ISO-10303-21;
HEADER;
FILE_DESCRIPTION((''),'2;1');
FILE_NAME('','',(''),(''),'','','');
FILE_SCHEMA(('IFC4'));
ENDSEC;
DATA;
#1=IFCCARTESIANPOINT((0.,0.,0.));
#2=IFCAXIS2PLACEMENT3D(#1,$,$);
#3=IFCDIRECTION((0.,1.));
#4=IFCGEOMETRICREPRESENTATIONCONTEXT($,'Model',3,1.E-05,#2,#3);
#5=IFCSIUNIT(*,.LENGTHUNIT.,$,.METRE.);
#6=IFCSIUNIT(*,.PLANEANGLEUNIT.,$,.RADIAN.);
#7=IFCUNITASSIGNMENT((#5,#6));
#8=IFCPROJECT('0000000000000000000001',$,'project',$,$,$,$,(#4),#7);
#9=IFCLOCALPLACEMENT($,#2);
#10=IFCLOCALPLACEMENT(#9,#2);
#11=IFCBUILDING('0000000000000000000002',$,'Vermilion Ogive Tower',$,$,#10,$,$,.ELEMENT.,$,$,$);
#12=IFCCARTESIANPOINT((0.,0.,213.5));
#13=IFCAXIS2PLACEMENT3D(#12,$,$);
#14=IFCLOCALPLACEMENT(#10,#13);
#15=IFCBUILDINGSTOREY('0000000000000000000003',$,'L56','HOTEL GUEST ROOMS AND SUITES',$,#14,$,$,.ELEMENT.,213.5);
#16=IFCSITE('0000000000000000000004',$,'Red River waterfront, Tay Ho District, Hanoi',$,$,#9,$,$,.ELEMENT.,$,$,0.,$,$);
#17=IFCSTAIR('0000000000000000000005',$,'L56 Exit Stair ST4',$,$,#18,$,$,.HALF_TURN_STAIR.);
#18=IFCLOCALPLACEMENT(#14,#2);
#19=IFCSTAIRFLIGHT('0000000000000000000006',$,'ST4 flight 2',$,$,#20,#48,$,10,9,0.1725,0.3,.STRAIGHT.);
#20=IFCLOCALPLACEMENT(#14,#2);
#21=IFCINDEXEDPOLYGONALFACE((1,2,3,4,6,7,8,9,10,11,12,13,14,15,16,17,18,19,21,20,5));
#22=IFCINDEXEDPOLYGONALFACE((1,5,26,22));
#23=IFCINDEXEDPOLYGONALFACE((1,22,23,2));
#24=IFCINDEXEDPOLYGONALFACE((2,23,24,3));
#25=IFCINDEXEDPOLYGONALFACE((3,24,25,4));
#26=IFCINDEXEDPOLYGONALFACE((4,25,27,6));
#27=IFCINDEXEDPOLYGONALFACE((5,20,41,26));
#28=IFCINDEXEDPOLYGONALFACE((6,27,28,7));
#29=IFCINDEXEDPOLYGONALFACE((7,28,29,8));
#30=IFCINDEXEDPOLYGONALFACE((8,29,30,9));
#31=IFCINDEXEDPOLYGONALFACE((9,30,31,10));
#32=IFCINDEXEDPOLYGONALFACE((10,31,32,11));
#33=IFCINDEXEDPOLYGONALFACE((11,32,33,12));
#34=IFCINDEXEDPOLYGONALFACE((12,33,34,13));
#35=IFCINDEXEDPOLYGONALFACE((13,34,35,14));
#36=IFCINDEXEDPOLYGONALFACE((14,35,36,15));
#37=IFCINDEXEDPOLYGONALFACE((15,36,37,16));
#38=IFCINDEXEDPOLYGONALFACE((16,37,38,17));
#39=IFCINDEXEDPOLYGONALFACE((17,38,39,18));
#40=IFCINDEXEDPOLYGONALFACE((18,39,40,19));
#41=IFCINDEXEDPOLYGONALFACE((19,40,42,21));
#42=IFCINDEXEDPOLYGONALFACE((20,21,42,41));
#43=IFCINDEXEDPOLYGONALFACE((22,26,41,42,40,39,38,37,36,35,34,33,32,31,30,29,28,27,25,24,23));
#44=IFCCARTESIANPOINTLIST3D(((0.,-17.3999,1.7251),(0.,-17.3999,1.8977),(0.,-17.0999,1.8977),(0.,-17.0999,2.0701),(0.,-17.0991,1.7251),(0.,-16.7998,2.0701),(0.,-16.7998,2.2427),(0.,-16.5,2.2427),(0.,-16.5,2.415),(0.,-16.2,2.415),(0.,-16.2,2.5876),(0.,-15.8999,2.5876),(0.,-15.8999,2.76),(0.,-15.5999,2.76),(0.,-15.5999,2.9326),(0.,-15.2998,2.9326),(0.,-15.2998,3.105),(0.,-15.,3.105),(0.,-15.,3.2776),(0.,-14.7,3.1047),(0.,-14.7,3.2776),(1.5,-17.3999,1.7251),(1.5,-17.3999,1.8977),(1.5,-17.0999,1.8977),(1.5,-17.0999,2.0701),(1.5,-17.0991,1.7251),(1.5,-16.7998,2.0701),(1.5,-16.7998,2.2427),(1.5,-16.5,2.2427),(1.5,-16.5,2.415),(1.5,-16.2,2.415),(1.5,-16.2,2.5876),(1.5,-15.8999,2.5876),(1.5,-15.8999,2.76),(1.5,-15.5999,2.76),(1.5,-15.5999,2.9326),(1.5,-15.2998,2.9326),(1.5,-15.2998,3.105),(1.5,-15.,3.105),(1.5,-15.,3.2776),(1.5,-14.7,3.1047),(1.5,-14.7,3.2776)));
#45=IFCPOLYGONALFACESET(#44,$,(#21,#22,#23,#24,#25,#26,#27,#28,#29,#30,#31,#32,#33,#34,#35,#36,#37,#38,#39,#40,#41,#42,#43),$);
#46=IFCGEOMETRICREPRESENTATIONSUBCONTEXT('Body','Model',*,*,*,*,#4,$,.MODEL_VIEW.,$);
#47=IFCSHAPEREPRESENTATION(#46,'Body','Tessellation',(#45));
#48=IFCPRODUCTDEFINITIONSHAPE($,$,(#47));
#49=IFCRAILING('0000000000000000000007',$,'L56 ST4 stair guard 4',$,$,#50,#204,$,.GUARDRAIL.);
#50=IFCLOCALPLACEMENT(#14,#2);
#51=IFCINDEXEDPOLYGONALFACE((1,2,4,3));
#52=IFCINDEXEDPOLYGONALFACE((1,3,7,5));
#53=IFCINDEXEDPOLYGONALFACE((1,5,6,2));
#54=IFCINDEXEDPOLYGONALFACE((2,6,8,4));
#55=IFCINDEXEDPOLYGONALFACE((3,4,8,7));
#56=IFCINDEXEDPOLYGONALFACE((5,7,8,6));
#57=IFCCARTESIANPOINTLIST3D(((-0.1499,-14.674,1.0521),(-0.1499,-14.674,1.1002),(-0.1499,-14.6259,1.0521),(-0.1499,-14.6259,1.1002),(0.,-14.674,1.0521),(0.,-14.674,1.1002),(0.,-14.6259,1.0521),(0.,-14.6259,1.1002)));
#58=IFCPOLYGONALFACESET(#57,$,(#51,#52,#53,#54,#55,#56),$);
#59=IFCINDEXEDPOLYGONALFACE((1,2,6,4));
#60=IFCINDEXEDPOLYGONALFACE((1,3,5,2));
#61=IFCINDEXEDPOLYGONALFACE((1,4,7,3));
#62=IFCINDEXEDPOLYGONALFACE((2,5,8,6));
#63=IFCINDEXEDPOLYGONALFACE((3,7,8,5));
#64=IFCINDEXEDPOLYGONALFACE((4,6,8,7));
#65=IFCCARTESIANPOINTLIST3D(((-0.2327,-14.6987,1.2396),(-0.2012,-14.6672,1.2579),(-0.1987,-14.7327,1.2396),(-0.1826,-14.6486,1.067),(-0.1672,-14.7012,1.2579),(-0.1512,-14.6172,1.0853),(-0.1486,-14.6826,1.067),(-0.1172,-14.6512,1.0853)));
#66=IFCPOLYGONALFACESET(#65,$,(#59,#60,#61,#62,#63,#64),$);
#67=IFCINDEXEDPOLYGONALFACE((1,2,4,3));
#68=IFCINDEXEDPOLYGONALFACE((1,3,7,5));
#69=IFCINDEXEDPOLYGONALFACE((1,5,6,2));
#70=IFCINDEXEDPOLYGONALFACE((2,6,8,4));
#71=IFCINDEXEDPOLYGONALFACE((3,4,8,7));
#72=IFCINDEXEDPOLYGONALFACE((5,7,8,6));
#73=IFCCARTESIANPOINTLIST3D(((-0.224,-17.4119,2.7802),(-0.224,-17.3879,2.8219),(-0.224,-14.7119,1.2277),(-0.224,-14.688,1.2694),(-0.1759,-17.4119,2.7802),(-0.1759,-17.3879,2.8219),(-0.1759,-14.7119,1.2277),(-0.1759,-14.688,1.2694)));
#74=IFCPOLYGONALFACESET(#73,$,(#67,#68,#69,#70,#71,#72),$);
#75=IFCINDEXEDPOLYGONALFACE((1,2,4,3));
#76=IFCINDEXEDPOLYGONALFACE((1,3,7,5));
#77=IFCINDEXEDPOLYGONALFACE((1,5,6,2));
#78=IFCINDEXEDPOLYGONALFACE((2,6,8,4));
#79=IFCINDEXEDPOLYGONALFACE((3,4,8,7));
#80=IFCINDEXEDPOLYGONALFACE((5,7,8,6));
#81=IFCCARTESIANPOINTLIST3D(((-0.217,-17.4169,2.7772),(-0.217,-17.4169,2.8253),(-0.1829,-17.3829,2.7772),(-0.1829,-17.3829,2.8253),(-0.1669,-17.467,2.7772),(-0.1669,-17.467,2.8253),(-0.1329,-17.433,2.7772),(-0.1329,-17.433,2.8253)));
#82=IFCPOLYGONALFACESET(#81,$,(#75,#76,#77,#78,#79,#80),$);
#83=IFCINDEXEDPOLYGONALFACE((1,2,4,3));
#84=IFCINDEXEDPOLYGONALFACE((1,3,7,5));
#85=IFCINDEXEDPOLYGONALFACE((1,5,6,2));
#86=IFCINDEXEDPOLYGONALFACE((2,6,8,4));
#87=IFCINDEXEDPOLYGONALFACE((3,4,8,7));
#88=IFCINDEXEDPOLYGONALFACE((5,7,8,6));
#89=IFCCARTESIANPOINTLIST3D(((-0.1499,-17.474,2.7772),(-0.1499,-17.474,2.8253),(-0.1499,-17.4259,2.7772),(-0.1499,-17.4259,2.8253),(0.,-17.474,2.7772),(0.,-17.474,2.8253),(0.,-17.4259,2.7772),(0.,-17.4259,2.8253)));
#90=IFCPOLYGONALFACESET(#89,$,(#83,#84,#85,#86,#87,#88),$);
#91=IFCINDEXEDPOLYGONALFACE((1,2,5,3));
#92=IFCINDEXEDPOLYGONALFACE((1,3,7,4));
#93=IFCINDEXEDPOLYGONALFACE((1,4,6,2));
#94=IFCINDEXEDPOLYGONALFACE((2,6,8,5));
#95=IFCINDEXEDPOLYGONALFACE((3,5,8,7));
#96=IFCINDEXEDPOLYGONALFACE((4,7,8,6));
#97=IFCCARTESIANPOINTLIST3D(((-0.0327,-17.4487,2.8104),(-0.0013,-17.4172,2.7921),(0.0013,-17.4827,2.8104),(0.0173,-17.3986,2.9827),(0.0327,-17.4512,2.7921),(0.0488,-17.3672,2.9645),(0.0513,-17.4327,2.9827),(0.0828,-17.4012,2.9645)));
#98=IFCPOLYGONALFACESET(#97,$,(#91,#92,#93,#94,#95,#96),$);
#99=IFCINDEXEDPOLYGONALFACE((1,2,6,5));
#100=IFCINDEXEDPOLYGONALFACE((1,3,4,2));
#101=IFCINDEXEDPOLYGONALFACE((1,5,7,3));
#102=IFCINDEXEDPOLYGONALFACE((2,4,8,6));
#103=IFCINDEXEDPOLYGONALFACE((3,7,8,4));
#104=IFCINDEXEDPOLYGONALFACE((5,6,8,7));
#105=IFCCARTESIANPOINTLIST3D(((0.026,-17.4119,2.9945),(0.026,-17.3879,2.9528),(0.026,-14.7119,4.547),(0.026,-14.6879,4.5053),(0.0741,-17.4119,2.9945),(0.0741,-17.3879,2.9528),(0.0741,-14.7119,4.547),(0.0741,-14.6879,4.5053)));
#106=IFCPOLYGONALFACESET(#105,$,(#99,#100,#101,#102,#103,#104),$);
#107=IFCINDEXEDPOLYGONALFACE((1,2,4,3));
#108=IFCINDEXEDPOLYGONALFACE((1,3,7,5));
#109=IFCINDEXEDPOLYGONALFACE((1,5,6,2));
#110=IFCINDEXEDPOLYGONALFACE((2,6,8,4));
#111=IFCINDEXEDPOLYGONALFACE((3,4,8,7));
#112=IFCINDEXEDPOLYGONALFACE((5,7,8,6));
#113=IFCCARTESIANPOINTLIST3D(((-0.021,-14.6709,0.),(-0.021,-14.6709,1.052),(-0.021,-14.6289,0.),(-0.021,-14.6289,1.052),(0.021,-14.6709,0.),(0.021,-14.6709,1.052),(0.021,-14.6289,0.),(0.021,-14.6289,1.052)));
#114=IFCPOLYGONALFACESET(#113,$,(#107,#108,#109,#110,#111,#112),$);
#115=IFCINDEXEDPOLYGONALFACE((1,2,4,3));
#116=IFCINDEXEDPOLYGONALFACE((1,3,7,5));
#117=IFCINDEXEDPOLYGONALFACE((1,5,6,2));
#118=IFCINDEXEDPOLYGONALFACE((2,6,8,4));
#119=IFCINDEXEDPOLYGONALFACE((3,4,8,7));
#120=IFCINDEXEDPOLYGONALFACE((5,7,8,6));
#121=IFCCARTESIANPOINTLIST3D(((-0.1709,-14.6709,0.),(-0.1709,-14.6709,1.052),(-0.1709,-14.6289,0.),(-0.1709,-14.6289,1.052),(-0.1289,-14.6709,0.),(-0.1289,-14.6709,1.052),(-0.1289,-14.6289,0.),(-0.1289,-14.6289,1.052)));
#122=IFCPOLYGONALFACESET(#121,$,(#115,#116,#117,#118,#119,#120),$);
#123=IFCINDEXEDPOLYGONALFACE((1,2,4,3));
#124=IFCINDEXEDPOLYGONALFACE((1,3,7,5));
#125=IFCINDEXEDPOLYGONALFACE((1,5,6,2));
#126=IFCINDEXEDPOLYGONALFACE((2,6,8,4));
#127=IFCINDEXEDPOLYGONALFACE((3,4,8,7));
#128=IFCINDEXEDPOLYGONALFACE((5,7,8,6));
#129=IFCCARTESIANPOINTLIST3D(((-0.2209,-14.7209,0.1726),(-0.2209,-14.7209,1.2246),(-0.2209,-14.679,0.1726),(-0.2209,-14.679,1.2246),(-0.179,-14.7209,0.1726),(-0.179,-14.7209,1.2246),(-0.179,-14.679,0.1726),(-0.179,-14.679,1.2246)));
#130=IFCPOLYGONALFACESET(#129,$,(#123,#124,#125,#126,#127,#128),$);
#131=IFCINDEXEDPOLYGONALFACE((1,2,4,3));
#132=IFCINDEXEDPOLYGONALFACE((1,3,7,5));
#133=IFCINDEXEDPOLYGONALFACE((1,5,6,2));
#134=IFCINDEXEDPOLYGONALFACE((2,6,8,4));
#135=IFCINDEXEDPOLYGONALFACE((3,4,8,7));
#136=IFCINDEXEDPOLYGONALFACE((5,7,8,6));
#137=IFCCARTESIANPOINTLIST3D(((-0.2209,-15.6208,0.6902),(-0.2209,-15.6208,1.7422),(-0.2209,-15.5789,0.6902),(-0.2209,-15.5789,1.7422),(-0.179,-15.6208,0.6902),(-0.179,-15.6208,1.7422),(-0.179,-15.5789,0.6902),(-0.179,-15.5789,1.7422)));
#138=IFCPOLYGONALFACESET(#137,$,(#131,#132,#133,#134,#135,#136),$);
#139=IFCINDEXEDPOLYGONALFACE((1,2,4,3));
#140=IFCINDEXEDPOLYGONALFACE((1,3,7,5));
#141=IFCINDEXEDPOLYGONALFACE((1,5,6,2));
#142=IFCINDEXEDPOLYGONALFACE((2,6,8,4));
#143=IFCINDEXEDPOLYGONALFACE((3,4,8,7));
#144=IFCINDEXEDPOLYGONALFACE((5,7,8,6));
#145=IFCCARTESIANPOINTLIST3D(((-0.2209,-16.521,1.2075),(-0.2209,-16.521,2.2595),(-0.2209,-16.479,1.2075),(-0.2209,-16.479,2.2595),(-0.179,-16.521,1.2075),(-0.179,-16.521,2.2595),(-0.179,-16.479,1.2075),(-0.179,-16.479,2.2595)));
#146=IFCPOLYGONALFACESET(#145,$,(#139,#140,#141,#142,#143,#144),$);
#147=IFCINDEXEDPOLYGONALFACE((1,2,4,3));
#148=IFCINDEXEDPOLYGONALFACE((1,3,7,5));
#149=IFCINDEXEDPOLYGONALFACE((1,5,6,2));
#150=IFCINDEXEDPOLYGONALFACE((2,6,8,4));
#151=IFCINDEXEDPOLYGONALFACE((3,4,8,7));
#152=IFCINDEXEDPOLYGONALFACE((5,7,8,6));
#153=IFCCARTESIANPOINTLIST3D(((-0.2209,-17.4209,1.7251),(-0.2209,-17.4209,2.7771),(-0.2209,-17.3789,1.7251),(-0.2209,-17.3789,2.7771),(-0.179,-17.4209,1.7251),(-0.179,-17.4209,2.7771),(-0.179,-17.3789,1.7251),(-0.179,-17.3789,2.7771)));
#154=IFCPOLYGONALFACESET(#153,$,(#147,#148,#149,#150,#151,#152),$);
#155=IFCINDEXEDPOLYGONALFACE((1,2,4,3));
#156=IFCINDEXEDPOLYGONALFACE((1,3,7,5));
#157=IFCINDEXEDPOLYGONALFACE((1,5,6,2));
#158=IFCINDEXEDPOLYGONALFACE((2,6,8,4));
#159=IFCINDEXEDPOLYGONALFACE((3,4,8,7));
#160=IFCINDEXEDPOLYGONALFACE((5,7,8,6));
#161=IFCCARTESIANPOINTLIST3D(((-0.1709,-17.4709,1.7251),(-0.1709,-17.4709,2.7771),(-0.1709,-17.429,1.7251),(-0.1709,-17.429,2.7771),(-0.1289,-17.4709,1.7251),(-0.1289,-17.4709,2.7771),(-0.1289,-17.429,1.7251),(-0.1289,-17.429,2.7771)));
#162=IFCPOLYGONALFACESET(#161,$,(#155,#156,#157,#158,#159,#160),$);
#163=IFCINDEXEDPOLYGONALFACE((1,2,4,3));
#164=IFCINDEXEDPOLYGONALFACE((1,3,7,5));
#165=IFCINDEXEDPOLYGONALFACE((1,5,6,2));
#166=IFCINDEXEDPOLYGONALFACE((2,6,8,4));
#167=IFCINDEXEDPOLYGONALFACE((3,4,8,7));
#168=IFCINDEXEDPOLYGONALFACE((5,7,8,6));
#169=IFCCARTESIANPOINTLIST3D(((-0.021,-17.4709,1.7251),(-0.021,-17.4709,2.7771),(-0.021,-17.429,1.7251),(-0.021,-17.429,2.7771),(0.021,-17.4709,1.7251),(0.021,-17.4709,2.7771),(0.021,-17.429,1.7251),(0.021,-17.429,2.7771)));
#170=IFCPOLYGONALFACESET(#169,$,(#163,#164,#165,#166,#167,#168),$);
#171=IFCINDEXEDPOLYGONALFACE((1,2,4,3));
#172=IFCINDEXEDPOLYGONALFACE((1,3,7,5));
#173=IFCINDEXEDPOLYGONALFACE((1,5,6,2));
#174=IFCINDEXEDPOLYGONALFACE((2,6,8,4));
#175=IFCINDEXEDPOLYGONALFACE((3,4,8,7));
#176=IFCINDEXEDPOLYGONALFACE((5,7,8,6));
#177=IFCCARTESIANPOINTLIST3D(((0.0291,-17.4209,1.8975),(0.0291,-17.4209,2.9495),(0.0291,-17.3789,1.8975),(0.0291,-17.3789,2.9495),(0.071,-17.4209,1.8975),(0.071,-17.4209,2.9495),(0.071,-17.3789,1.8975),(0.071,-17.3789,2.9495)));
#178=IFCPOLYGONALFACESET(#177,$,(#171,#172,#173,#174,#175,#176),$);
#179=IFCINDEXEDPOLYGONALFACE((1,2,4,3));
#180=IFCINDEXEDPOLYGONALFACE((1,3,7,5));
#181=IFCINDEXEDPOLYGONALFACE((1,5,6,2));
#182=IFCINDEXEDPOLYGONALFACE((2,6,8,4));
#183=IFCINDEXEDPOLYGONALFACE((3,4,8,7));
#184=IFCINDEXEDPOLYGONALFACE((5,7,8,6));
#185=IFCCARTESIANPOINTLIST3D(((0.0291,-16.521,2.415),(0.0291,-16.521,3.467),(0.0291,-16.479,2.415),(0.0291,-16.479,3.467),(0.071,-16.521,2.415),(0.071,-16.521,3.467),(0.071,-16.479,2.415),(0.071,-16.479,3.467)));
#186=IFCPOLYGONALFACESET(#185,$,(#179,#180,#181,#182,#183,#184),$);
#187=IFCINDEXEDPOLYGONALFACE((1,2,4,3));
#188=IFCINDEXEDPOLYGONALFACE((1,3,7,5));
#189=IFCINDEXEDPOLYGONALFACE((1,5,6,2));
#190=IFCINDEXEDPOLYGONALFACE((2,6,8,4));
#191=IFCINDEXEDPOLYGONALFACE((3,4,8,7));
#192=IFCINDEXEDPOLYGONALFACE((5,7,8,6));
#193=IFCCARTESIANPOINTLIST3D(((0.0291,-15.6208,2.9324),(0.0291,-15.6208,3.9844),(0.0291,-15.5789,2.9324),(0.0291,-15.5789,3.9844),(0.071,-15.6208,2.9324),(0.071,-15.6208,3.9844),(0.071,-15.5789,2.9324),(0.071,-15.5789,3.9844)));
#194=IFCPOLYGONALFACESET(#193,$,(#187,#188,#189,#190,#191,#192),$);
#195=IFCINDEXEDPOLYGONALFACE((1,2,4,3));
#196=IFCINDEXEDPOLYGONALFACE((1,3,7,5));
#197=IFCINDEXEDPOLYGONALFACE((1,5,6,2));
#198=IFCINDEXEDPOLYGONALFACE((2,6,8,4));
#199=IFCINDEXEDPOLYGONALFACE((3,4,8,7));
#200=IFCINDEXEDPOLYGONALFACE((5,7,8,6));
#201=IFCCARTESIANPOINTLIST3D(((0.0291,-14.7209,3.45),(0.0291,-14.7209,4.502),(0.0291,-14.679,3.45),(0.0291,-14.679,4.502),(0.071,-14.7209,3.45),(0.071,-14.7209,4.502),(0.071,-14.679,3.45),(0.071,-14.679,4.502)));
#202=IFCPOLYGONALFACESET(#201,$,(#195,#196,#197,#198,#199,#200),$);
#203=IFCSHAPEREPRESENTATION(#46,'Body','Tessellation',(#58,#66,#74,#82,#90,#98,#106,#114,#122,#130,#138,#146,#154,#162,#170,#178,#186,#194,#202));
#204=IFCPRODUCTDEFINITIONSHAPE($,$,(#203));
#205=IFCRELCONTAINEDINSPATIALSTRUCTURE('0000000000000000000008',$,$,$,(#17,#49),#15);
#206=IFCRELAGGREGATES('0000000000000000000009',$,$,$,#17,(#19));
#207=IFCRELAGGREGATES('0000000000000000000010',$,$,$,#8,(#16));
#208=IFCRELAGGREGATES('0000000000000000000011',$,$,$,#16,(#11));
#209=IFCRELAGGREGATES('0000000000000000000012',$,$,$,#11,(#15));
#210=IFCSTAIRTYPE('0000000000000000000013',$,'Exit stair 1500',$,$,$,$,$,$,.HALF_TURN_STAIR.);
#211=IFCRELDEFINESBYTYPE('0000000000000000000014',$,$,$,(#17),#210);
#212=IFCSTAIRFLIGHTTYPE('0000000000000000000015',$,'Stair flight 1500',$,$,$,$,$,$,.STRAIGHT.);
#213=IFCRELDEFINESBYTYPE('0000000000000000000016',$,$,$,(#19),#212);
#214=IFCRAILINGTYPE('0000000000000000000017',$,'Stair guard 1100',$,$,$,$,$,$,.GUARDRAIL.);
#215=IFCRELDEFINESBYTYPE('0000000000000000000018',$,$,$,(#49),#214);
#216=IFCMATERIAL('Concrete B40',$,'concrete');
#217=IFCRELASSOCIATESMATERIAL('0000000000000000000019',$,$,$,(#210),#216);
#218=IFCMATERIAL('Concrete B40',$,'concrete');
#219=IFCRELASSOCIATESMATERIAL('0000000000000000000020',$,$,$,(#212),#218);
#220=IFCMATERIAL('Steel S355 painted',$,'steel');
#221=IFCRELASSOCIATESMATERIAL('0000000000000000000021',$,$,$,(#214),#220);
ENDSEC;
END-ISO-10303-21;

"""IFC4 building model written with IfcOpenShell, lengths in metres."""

from ifc_helpers import new_model, si_unit, direction, frame, origin, origin_2d, place, context, subcontext, project, spatial, polyline, rectangle, outline, extrude, material, type_object, element, aggregate, save


model = new_model("IFC4")

# Units and contexts
model_context = context("Model", 3, precision=1e-05, world=origin(), true_north=direction((0.0, 1.0)))
body_context = subcontext(model_context, "Body", "Model", "MODEL_VIEW")
ifc_project = project(units=[si_unit("LENGTHUNIT", "METRE"), si_unit("PLANEANGLEUNIT", "RADIAN")], contexts=[model_context])

# Site, building, storey
site_placement = place(None, origin())
site = spatial("IfcSite", under=ifc_project, at=site_placement, Name="Red River waterfront, Tay Ho District, Hanoi", CompositionType="ELEMENT", RefElevation=0.0)
building_placement = place(site_placement, origin())
building = spatial("IfcBuilding", under=site, at=building_placement, Name="Vermilion Ogive Tower", CompositionType="ELEMENT")
storey_placement = place(building_placement, frame((0.0, 0.0, 213.5)))
storey = spatial("IfcBuildingStorey", under=building, at=storey_placement, Name="L56", Description="HOTEL GUEST ROOMS AND SUITES", CompositionType="ELEMENT", Elevation=213.5)

# Stair, stair flight
ifc_material_1 = material(Name="Concrete B40", Category="concrete")
stair_type = type_object("IfcStairType", Name="Exit stair 1500", PredefinedType="HALF_TURN_STAIR", material=ifc_material_1)
stair_placement = place(storey_placement, origin())
stair = element("IfcStair", 1, at=stair_placement, inside=storey, type_object=stair_type, Name="L56 Exit Stair ST4", PredefinedType="HALF_TURN_STAIR")
ifc_material_2 = material(Name="Concrete B40", Category="concrete")
stair_flight_type = type_object("IfcStairFlightType", Name="Stair flight 1500", PredefinedType="STRAIGHT", material=ifc_material_2)
stair_flight_placement = place(storey_placement, frame((0.75, -17.3999, 1.7251), z_axis=(0.0, 0.0, 1.0), x_axis=(0.0, 1.0, 0.0)))
stair_flight = element("IfcStairFlight", 2, at=stair_flight_placement, type_object=stair_flight_type, Name="ST4 flight 2", NumberOfRisers=10, NumberOfTreads=9, PredefinedType="STRAIGHT", RiserHeight=0.1725, TreadLength=0.3, context=body_context, shape_type="SweptSolid", body=[
    extrude(outline(polyline([(0.0, 0.0), (0.0, 0.1726), (0.3, 0.1726), (0.3, 0.345), (0.6001, 0.345), (0.6001, 0.5176), (0.8999, 0.5176), (0.8999, 0.6899), (1.2, 0.6899), (1.2, 0.8625), (1.5, 0.8625), (1.5, 1.0349), (1.8, 1.0349), (1.8, 1.2075), (2.1001, 1.2075), (2.1001, 1.3799), (2.3999, 1.3799), (2.3999, 1.5525), (2.7, 1.5525), (2.7, 1.7251), (2.7, 1.3796), (0.3008, 0.0), (0.0, 0.0)])), frame((0.0, 0.75, 0.0), z_axis=(0.0, -1.0, 0.0), x_axis=(1.0, 0.0, 0.0)), (0.0, 0.0, 1.0), 1.5),
])
aggregate(stair, [stair_flight])

# Railing
ifc_material_3 = material(Name="Steel S355 painted", Category="steel")
railing_type_1 = type_object("IfcRailingType", Name="Stair guard 1100", PredefinedType="GUARDRAIL", material=ifc_material_3)
railing_1_placement = place(storey_placement, frame((0.0, -14.6499, 0.0)))
element("IfcRailing", 3, at=railing_1_placement, inside=storey, type_object=railing_type_1, Name="L56 ST4 stair guard 4", PredefinedType="GUARDRAIL", context=body_context, shape_type="SweptSolid", body=[
    extrude(rectangle(XDim=0.0481, YDim=0.0481, at=origin_2d()), frame((0.0, 0.0, 1.0762), z_axis=(-1.0, 0.0, 0.0), x_axis=(0.0, -1.0, 0.0)), (0.0, 0.0, 1.0), 0.1499),
    extrude(rectangle(XDim=0.0481, YDim=0.0481, at=origin_2d()), frame((-0.1499, 0.0, 1.0762), z_axis=(-0.268278, -0.268278, 0.925232), x_axis=(0.707107, -0.707107, 0.0)), (0.0, 0.0, 1.0), 0.1865),
    extrude(rectangle(XDim=0.0481, YDim=0.0481, at=origin_2d()), frame((-0.2, -0.05, 1.2485), z_axis=(0.0, -0.866904, 0.498476), x_axis=(1.0, 0.0, 0.0)), (0.0, 0.0, 1.0), 3.1145),
    extrude(rectangle(XDim=0.0481, YDim=0.0481, at=origin_2d()), frame((-0.2, -2.75, 2.8013), z_axis=(0.707107, -0.707107, 0.0), x_axis=(0.707107, 0.707107, 0.0)), (0.0, 0.0, 1.0), 0.0708),
    extrude(rectangle(XDim=0.0481, YDim=0.0481, at=origin_2d()), frame((-0.1499, -2.8, 2.8013), z_axis=(1.0, 0.0, 0.0), x_axis=(0.0, 1.0, 0.0)), (0.0, 0.0, 1.0), 0.1499),
    extrude(rectangle(XDim=0.0481, YDim=0.0481, at=origin_2d()), frame((0.0, -2.8, 2.8013), z_axis=(0.268603, 0.268603, 0.925043), x_axis=(-0.707107, 0.707107, 0.0)), (0.0, 0.0, 1.0), 0.1863),
    extrude(rectangle(XDim=0.0481, YDim=0.0481, at=origin_2d()), frame((0.05, -2.75, 2.9736), z_axis=(0.0, 0.866904, 0.498476), x_axis=(-1.0, 0.0, 0.0)), (0.0, 0.0, 1.0), 3.1145),
    extrude(rectangle(XDim=0.042, YDim=0.042, at=origin_2d()), origin(), (0.0, 0.0, 1.0), 1.052),
    extrude(rectangle(XDim=0.042, YDim=0.042, at=origin_2d()), frame((-0.1499, 0.0, 0.0)), (0.0, 0.0, 1.0), 1.052),
    extrude(rectangle(XDim=0.042, YDim=0.042, at=origin_2d()), frame((-0.2, -0.05, 0.1726)), (0.0, 0.0, 1.0), 1.052),
    extrude(rectangle(XDim=0.042, YDim=0.042, at=origin_2d()), frame((-0.2, -0.95, 0.6902)), (0.0, 0.0, 1.0), 1.052),
    extrude(rectangle(XDim=0.042, YDim=0.042, at=origin_2d()), frame((-0.2, -1.8501, 1.2075)), (0.0, 0.0, 1.0), 1.052),
    extrude(rectangle(XDim=0.042, YDim=0.042, at=origin_2d()), frame((-0.2, -2.75, 1.7251)), (0.0, 0.0, 1.0), 1.052),
    extrude(rectangle(XDim=0.042, YDim=0.042, at=origin_2d()), frame((-0.1499, -2.8, 1.7251)), (0.0, 0.0, 1.0), 1.052),
    extrude(rectangle(XDim=0.042, YDim=0.042, at=origin_2d()), frame((0.0, -2.8, 1.7251)), (0.0, 0.0, 1.0), 1.052),
    extrude(rectangle(XDim=0.042, YDim=0.042, at=origin_2d()), frame((0.05, -2.75, 1.8975)), (0.0, 0.0, 1.0), 1.052),
    extrude(rectangle(XDim=0.042, YDim=0.042, at=origin_2d()), frame((0.05, -1.8501, 2.415)), (0.0, 0.0, 1.0), 1.052),
    extrude(rectangle(XDim=0.042, YDim=0.042, at=origin_2d()), frame((0.05, -0.95, 2.9324)), (0.0, 0.0, 1.0), 1.052),
    extrude(rectangle(XDim=0.042, YDim=0.042, at=origin_2d()), frame((0.05, -0.05, 3.45)), (0.0, 0.0, 1.0), 1.052),
])

save(model, "model.ifc")
